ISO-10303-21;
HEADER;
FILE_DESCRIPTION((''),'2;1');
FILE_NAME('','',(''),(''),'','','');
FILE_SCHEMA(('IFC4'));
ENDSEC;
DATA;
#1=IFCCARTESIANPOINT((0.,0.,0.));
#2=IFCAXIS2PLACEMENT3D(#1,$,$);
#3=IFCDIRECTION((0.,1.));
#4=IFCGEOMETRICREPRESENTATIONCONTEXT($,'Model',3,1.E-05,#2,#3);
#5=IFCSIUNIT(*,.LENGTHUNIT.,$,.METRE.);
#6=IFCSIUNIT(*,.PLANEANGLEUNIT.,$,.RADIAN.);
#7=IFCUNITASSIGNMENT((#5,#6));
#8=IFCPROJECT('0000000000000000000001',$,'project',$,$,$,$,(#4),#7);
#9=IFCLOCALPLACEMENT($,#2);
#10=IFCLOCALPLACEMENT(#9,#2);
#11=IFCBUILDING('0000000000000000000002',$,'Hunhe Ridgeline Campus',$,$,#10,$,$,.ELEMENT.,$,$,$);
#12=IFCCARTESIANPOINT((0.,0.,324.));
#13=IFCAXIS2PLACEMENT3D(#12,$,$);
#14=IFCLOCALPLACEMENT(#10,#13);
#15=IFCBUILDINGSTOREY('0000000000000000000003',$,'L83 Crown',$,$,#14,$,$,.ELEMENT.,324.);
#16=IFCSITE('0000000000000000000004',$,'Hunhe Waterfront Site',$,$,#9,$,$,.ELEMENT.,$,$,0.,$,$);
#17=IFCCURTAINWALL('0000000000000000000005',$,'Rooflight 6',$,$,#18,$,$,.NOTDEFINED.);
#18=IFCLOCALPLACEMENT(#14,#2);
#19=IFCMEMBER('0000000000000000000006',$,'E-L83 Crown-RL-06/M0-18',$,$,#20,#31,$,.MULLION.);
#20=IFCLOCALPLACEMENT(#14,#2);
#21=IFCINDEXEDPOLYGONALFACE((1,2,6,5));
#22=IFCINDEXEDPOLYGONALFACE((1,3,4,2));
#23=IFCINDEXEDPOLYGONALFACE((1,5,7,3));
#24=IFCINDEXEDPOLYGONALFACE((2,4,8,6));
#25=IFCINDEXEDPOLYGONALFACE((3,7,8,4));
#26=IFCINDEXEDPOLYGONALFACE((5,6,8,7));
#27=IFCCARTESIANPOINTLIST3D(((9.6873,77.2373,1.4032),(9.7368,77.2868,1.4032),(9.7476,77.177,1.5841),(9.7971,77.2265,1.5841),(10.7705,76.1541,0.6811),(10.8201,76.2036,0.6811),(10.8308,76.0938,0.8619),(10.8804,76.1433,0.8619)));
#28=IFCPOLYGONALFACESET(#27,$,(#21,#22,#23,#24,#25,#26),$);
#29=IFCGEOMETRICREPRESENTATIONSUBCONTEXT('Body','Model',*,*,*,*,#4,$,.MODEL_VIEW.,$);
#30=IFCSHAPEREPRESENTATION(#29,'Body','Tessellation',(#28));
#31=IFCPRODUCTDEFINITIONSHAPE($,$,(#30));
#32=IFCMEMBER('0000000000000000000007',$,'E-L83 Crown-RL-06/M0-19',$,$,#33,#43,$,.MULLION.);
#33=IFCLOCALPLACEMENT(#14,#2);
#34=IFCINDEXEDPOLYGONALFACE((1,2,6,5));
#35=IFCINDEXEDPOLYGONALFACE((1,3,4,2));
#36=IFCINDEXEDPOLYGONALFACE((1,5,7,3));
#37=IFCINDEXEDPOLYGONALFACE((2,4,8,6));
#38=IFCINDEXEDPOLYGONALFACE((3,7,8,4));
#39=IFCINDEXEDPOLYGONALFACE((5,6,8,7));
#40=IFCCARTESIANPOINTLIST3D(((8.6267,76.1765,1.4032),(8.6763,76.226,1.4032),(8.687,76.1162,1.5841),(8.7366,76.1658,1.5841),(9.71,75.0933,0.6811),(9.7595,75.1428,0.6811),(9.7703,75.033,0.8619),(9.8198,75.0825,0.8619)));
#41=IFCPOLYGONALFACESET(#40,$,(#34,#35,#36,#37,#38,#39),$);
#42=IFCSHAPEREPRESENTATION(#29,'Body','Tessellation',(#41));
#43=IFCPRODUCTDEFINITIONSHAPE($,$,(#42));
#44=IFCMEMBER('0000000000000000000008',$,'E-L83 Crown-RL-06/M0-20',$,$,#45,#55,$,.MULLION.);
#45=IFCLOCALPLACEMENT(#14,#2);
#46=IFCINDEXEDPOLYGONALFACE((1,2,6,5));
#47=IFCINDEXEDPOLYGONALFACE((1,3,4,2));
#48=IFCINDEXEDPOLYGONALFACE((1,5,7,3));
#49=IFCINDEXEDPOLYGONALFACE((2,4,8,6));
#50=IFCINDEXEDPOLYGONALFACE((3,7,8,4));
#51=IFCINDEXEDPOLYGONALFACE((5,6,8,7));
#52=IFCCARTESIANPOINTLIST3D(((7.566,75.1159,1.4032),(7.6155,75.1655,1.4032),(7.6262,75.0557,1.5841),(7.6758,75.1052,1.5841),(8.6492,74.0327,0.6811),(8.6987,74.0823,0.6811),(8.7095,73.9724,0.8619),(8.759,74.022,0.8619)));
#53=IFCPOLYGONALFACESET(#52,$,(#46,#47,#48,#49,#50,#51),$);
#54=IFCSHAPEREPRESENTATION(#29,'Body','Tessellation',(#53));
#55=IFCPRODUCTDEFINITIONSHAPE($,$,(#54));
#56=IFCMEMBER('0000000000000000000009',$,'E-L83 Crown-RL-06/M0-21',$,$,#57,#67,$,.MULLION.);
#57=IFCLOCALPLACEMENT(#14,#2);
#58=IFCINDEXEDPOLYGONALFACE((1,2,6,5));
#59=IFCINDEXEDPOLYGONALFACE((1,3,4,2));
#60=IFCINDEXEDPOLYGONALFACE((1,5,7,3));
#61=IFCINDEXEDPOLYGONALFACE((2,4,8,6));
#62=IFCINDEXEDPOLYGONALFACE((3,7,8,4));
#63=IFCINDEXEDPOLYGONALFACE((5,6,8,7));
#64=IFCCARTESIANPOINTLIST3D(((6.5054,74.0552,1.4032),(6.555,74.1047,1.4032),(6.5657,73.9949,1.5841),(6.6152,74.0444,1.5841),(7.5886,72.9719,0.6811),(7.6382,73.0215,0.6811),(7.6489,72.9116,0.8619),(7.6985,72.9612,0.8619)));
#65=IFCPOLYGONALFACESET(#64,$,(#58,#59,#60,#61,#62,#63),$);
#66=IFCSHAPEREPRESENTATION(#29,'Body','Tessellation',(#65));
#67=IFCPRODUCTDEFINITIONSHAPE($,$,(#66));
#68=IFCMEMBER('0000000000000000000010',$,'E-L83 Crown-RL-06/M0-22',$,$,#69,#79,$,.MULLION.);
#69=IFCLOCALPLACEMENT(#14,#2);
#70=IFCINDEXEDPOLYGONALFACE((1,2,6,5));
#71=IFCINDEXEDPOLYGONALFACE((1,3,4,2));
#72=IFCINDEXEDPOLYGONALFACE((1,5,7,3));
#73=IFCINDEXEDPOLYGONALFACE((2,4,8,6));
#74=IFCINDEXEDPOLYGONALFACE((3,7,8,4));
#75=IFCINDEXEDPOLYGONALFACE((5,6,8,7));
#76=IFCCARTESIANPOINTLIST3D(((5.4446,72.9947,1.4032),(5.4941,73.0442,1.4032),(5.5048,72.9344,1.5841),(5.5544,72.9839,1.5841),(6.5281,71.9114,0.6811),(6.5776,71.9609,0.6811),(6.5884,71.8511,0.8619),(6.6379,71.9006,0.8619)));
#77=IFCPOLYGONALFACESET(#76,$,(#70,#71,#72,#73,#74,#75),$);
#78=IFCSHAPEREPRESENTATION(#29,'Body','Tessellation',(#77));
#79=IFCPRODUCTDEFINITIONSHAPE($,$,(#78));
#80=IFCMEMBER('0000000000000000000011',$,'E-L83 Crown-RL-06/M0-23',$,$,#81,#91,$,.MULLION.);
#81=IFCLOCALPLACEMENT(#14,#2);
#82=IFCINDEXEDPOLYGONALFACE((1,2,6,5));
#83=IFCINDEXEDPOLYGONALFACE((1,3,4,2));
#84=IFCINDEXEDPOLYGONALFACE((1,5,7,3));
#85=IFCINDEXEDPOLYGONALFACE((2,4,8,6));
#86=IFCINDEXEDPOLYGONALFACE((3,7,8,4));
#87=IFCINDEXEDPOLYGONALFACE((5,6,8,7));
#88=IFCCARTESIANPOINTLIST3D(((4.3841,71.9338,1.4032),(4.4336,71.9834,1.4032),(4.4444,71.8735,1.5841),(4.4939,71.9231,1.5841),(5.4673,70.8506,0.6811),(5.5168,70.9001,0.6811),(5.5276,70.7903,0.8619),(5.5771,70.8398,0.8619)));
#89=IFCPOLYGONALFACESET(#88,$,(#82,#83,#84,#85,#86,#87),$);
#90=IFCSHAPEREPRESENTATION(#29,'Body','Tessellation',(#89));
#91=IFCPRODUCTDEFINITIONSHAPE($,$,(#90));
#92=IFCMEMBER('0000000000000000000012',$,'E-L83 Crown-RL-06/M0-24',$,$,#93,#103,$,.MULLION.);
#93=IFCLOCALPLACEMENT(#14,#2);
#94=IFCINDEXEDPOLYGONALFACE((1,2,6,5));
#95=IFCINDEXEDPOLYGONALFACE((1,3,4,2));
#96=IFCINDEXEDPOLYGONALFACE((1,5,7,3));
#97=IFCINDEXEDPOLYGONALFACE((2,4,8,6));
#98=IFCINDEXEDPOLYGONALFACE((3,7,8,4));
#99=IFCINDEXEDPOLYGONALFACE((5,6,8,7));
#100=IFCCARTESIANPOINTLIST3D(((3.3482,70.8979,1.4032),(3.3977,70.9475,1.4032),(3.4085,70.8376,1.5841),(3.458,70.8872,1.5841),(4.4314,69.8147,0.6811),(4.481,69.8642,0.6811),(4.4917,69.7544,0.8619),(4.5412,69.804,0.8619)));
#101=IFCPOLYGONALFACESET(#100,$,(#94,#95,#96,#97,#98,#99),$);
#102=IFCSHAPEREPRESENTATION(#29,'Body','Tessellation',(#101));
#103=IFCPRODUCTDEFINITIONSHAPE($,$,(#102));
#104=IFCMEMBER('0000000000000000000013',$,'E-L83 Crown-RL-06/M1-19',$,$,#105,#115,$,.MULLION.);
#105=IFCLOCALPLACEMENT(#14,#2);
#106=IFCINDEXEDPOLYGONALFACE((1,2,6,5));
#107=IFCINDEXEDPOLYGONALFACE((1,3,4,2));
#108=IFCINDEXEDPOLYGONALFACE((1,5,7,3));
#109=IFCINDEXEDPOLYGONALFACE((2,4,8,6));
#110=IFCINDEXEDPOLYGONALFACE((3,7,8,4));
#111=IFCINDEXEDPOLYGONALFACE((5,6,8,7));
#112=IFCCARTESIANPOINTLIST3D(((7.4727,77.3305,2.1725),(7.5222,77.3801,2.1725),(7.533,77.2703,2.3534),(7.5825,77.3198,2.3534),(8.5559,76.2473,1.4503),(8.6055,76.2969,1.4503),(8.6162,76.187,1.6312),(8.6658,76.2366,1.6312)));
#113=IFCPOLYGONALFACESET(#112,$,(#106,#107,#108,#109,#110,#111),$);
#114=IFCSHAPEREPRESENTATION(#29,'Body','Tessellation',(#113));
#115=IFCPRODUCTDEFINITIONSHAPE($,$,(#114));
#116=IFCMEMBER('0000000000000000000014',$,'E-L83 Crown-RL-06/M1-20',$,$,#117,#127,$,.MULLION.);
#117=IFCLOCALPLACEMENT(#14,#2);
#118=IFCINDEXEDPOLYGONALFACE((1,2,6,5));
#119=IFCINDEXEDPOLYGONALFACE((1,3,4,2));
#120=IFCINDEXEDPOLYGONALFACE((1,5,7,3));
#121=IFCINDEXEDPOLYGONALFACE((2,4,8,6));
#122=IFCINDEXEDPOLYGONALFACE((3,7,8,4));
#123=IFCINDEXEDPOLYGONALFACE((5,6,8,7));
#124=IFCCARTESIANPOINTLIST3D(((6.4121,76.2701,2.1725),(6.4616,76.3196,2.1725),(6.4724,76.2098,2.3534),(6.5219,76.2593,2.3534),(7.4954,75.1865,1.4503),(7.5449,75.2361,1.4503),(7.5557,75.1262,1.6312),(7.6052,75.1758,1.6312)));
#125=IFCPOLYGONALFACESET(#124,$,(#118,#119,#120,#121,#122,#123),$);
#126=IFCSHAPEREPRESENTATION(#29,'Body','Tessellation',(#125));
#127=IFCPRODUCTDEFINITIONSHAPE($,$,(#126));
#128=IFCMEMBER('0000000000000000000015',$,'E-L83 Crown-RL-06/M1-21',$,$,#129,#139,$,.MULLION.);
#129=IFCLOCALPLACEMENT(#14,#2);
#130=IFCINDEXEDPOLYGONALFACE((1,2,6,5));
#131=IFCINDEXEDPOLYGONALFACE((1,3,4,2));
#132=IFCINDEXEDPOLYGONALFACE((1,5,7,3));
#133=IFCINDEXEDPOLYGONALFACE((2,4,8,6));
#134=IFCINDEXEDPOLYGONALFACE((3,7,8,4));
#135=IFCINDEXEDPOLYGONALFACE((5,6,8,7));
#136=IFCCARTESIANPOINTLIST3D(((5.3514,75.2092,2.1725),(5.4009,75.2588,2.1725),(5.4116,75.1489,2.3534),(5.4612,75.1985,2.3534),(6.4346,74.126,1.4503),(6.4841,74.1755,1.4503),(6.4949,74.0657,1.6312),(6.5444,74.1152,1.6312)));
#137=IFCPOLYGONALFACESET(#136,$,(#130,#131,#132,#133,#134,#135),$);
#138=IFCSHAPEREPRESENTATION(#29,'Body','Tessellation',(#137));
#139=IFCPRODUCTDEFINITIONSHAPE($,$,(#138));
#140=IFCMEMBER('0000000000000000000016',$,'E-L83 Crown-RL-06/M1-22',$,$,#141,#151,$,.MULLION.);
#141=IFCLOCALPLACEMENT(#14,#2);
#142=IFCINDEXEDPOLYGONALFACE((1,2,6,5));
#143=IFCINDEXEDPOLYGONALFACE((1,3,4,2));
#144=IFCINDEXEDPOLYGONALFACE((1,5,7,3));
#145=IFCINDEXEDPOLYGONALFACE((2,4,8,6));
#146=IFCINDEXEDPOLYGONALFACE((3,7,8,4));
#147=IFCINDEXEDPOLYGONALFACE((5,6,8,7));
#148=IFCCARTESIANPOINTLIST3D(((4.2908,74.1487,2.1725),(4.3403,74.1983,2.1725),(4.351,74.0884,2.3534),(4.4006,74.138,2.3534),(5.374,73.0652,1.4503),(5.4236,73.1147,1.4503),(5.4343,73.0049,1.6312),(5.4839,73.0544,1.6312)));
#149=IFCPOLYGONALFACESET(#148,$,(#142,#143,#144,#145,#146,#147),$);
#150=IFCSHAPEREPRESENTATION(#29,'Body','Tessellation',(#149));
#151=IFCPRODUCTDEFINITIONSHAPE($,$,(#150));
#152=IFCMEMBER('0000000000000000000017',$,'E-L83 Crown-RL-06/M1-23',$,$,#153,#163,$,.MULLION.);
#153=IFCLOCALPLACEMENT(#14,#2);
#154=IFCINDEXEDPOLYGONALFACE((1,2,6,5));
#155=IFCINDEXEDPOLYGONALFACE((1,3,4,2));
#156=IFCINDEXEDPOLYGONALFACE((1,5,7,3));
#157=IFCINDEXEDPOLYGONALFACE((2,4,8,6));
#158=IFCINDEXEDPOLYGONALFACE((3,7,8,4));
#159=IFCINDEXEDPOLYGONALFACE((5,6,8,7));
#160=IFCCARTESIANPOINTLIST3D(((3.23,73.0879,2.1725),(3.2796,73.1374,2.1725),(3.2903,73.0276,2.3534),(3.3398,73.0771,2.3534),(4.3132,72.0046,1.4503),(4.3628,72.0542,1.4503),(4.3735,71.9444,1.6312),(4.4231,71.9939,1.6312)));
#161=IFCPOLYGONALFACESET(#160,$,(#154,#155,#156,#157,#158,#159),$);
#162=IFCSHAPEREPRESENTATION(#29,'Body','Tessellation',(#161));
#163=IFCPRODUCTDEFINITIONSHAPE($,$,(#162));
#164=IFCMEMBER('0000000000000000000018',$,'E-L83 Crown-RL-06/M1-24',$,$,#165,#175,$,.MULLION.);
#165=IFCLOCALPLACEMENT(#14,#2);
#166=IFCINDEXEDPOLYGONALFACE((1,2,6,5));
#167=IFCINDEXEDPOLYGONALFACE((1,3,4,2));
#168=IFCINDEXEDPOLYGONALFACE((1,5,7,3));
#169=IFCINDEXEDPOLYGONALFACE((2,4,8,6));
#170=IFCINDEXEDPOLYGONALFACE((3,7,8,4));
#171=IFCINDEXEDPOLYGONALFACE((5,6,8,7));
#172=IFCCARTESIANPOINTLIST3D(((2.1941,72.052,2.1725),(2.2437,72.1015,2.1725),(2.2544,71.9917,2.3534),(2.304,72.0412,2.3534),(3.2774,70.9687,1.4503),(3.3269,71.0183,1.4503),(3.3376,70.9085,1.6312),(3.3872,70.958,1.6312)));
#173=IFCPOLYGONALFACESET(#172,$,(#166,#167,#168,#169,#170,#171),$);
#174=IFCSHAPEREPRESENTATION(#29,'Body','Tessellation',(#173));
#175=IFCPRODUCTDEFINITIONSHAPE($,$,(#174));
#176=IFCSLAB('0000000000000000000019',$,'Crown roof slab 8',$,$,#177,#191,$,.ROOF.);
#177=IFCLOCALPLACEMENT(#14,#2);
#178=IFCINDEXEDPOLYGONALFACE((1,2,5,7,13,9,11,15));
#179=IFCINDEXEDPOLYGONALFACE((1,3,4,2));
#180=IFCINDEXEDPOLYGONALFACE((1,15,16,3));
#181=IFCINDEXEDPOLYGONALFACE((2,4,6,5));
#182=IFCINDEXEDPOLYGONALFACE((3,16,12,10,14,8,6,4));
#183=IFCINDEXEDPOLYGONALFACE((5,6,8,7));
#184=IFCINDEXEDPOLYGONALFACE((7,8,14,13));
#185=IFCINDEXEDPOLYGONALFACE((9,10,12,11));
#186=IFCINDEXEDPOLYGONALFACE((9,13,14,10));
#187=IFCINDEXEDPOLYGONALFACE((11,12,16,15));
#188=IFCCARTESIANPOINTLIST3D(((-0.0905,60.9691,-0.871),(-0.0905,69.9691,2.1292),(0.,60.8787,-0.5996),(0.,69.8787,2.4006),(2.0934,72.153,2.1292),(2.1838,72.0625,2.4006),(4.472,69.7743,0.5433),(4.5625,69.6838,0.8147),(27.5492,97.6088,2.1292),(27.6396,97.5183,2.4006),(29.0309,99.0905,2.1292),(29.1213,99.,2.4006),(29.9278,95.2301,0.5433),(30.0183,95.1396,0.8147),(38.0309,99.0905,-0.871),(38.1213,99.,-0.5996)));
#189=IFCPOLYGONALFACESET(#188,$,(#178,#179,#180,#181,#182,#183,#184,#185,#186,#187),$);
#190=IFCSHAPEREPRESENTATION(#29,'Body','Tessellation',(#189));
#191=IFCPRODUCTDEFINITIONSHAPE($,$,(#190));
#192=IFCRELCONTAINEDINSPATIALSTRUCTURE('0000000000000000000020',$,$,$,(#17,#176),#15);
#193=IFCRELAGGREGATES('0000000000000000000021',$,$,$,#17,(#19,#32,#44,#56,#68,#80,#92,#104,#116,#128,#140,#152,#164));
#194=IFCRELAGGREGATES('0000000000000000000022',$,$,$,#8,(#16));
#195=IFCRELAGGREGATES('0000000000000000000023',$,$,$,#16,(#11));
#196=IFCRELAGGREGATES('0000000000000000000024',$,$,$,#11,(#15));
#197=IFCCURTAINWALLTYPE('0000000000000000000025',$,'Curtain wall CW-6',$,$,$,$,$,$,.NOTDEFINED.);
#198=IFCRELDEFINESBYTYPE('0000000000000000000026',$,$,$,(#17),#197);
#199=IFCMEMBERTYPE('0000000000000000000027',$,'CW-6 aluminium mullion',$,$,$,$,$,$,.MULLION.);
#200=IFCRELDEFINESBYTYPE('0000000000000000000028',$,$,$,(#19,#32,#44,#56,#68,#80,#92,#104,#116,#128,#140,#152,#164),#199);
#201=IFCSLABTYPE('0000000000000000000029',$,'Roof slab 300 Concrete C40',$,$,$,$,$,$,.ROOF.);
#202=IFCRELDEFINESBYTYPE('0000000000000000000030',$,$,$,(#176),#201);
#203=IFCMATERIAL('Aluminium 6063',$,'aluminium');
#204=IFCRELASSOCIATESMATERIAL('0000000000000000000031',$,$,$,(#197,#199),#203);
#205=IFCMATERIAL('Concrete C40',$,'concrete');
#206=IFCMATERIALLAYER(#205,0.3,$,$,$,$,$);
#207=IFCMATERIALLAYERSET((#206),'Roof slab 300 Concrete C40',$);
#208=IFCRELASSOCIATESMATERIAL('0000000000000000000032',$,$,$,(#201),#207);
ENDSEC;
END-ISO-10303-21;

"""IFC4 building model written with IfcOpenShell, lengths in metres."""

from ifc_helpers import new_model, si_unit, direction, frame, origin, origin_2d, place, context, subcontext, project, spatial, polyline, rectangle, outline, extrude, material, layer, layer_set, material_profile, profile_set, type_object, element, aggregate, save


model = new_model("IFC4")

# Units and contexts
model_context = context("Model", 3, precision=1e-05, world=origin(), true_north=direction((0.0, 1.0)))
body_context = subcontext(model_context, "Body", "Model", "MODEL_VIEW")
ifc_project = project(units=[si_unit("LENGTHUNIT", "METRE"), si_unit("PLANEANGLEUNIT", "RADIAN")], contexts=[model_context])

# Site, building, storey
site_placement = place(None, origin())
site = spatial("IfcSite", under=ifc_project, at=site_placement, Name="Hunhe Waterfront Site", CompositionType="ELEMENT", RefElevation=0.0)
building_placement = place(site_placement, origin())
building = spatial("IfcBuilding", under=site, at=building_placement, Name="Hunhe Ridgeline Campus", CompositionType="ELEMENT")
storey_placement = place(building_placement, frame((0.0, 0.0, 324.0)))
storey = spatial("IfcBuildingStorey", under=building, at=storey_placement, Name="L83 Crown", CompositionType="ELEMENT", Elevation=324.0)

# Curtain wall, members
ifc_material_1 = material(Name="Aluminium 6063", Category="aluminium")
curtain_wall_type = type_object("IfcCurtainWallType", Name="Curtain wall CW-6", PredefinedType="NOTDEFINED", material=ifc_material_1)
curtain_wall_placement = place(storey_placement, origin())
curtain_wall = element("IfcCurtainWall", 1, at=curtain_wall_placement, inside=storey, type_object=curtain_wall_type, Name="Rooflight 6", PredefinedType="NOTDEFINED")
ifc_material_profile = material_profile(ifc_material_1, rectangle(XDim=0.0701, YDim=0.2, at=origin_2d()))
ifc_profile_set = profile_set([ifc_material_profile], Name="Aluminium 6063")
member_type = type_object("IfcMemberType", Name="CW-6 aluminium mullion", PredefinedType="MULLION", material=ifc_profile_set)
member_1_placement = place(storey_placement, frame((10.8254, 76.1487, 0.7715), z_axis=(-0.639602, 0.639602, 0.426401), x_axis=(-0.707107, -0.707107, 0.0)))
member_1 = element("IfcMember", 2, at=member_1_placement, type_object=member_type, Name="E-L83 Crown-RL-06/M0-18", PredefinedType="MULLION", context=body_context, shape_type="SweptSolid", body=[
    extrude(rectangle(XDim=0.0701, YDim=0.2, at=origin_2d()), origin(), (0.0, 0.0, 1.0), 1.6936),
])
member_2_placement = place(storey_placement, frame((9.7649, 75.0879, 0.7715), z_axis=(-0.639602, 0.639602, 0.426401), x_axis=(-0.707107, -0.707107, 0.0)))
member_2 = element("IfcMember", 3, at=member_2_placement, type_object=member_type, Name="E-L83 Crown-RL-06/M0-19", PredefinedType="MULLION", context=body_context, shape_type="SweptSolid", body=[
    extrude(rectangle(XDim=0.0701, YDim=0.2, at=origin_2d()), origin(), (0.0, 0.0, 1.0), 1.6936),
])
member_3_placement = place(storey_placement, frame((8.7041, 74.0273, 0.7715), z_axis=(-0.639602, 0.639602, 0.426401), x_axis=(-0.707107, -0.707107, 0.0)))
member_3 = element("IfcMember", 4, at=member_3_placement, type_object=member_type, Name="E-L83 Crown-RL-06/M0-20", PredefinedType="MULLION", context=body_context, shape_type="SweptSolid", body=[
    extrude(rectangle(XDim=0.0701, YDim=0.2, at=origin_2d()), origin(), (0.0, 0.0, 1.0), 1.6936),
])
member_4_placement = place(storey_placement, frame((7.6436, 72.9666, 0.7715), z_axis=(-0.639602, 0.639602, 0.426401), x_axis=(-0.707107, -0.707107, 0.0)))
member_4 = element("IfcMember", 5, at=member_4_placement, type_object=member_type, Name="E-L83 Crown-RL-06/M0-21", PredefinedType="MULLION", context=body_context, shape_type="SweptSolid", body=[
    extrude(rectangle(XDim=0.0701, YDim=0.2, at=origin_2d()), origin(), (0.0, 0.0, 1.0), 1.6936),
])
member_5_placement = place(storey_placement, frame((6.583, 71.906, 0.7715), z_axis=(-0.639687, 0.639543, 0.426362), x_axis=(-0.707027, -0.707186, 0.0)))
member_5 = element("IfcMember", 6, at=member_5_placement, type_object=member_type, Name="E-L83 Crown-RL-06/M0-22", PredefinedType="MULLION", context=body_context, shape_type="SweptSolid", body=[
    extrude(rectangle(XDim=0.0701, YDim=0.2, at=origin_2d()), origin(), (0.0, 0.0, 1.0), 1.6938),
])
member_6_placement = place(storey_placement, frame((5.5222, 70.8452, 0.7715), z_axis=(-0.639602, 0.639602, 0.426401), x_axis=(-0.707107, -0.707107, 0.0)))
member_6 = element("IfcMember", 7, at=member_6_placement, type_object=member_type, Name="E-L83 Crown-RL-06/M0-23", PredefinedType="MULLION", context=body_context, shape_type="SweptSolid", body=[
    extrude(rectangle(XDim=0.0701, YDim=0.2, at=origin_2d()), origin(), (0.0, 0.0, 1.0), 1.6936),
])
member_7_placement = place(storey_placement, frame((4.4863, 69.8093, 0.7715), z_axis=(-0.639602, 0.639602, 0.426401), x_axis=(-0.707107, -0.707107, 0.0)))
member_7 = element("IfcMember", 8, at=member_7_placement, type_object=member_type, Name="E-L83 Crown-RL-06/M0-24", PredefinedType="MULLION", context=body_context, shape_type="SweptSolid", body=[
    extrude(rectangle(XDim=0.0701, YDim=0.2, at=origin_2d()), origin(), (0.0, 0.0, 1.0), 1.6936),
])
member_8_placement = place(storey_placement, frame((8.6108, 76.2419, 1.5408), z_axis=(-0.639602, 0.639602, 0.426401), x_axis=(-0.707107, -0.707107, 0.0)))
member_8 = element("IfcMember", 9, at=member_8_placement, type_object=member_type, Name="E-L83 Crown-RL-06/M1-19", PredefinedType="MULLION", context=body_context, shape_type="SweptSolid", body=[
    extrude(rectangle(XDim=0.0701, YDim=0.2, at=origin_2d()), origin(), (0.0, 0.0, 1.0), 1.6936),
])
member_9_placement = place(storey_placement, frame((7.5503, 75.1812, 1.5408), z_axis=(-0.639543, 0.639687, 0.426362), x_axis=(-0.707186, -0.707027, 0.0)))
member_9 = element("IfcMember", 10, at=member_9_placement, type_object=member_type, Name="E-L83 Crown-RL-06/M1-20", PredefinedType="MULLION", context=body_context, shape_type="SweptSolid", body=[
    extrude(rectangle(XDim=0.0701, YDim=0.2, at=origin_2d()), origin(), (0.0, 0.0, 1.0), 1.6938),
])
member_10_placement = place(storey_placement, frame((6.4895, 74.1206, 1.5408), z_axis=(-0.639602, 0.639602, 0.426401), x_axis=(-0.707107, -0.707107, 0.0)))
member_10 = element("IfcMember", 11, at=member_10_placement, type_object=member_type, Name="E-L83 Crown-RL-06/M1-21", PredefinedType="MULLION", context=body_context, shape_type="SweptSolid", body=[
    extrude(rectangle(XDim=0.0701, YDim=0.2, at=origin_2d()), origin(), (0.0, 0.0, 1.0), 1.6936),
])
member_11_placement = place(storey_placement, frame((5.429, 73.0598, 1.5408), z_axis=(-0.639543, 0.639687, 0.426362), x_axis=(-0.707186, -0.707027, 0.0)))
member_11 = element("IfcMember", 12, at=member_11_placement, type_object=member_type, Name="E-L83 Crown-RL-06/M1-22", PredefinedType="MULLION", context=body_context, shape_type="SweptSolid", body=[
    extrude(rectangle(XDim=0.0701, YDim=0.2, at=origin_2d()), origin(), (0.0, 0.0, 1.0), 1.6938),
])
member_12_placement = place(storey_placement, frame((4.3682, 71.9993, 1.5408), z_axis=(-0.639602, 0.639602, 0.426401), x_axis=(-0.707107, -0.707107, 0.0)))
member_12 = element("IfcMember", 13, at=member_12_placement, type_object=member_type, Name="E-L83 Crown-RL-06/M1-23", PredefinedType="MULLION", context=body_context, shape_type="SweptSolid", body=[
    extrude(rectangle(XDim=0.0701, YDim=0.2, at=origin_2d()), origin(), (0.0, 0.0, 1.0), 1.6936),
])
member_13_placement = place(storey_placement, frame((3.3323, 70.9634, 1.5408), z_axis=(-0.639602, 0.639602, 0.426401), x_axis=(-0.707107, -0.707107, 0.0)))
member_13 = element("IfcMember", 14, at=member_13_placement, type_object=member_type, Name="E-L83 Crown-RL-06/M1-24", PredefinedType="MULLION", context=body_context, shape_type="SweptSolid", body=[
    extrude(rectangle(XDim=0.0701, YDim=0.2, at=origin_2d()), origin(), (0.0, 0.0, 1.0), 1.6936),
])

# Slab
ifc_material_2 = material(Name="Concrete C40", Category="concrete")
ifc_layer_1 = layer(ifc_material_2, 0.3)
ifc_layer_set_1 = layer_set([ifc_layer_1], Name="Roof slab 300 Concrete C40")
slab_type = type_object("IfcSlabType", Name="Roof slab 300 Concrete C40", PredefinedType="ROOF", material=ifc_layer_set_1)
slab_placement = place(storey_placement, frame((0.0, 60.8787, -0.5996), z_axis=(0.301528, -0.301528, 0.904523), x_axis=(0.707107, 0.707107, 0.0)))
element("IfcSlab", 15, at=slab_placement, inside=storey, type_object=slab_type, Name="Crown roof slab 8", PredefinedType="ROOF", context=body_context, shape_type="SweptSolid", body=[
    extrude(outline(polyline([(0.0, 0.0), (53.9117, 0.0), (47.5478, 7.0357), (45.4523, 7.0357), (45.4523, 3.3167), (9.4524, 3.3167), (9.4524, 7.0357), (6.364, 7.0357), (0.0, 0.0)])), origin(), (0.0, 0.0, -1.0), 0.3),
])

aggregate(curtain_wall, [member_1, member_2, member_3, member_4, member_5, member_6, member_7, member_8, member_9, member_10, member_11, member_12, member_13])

save(model, "model.ifc")
